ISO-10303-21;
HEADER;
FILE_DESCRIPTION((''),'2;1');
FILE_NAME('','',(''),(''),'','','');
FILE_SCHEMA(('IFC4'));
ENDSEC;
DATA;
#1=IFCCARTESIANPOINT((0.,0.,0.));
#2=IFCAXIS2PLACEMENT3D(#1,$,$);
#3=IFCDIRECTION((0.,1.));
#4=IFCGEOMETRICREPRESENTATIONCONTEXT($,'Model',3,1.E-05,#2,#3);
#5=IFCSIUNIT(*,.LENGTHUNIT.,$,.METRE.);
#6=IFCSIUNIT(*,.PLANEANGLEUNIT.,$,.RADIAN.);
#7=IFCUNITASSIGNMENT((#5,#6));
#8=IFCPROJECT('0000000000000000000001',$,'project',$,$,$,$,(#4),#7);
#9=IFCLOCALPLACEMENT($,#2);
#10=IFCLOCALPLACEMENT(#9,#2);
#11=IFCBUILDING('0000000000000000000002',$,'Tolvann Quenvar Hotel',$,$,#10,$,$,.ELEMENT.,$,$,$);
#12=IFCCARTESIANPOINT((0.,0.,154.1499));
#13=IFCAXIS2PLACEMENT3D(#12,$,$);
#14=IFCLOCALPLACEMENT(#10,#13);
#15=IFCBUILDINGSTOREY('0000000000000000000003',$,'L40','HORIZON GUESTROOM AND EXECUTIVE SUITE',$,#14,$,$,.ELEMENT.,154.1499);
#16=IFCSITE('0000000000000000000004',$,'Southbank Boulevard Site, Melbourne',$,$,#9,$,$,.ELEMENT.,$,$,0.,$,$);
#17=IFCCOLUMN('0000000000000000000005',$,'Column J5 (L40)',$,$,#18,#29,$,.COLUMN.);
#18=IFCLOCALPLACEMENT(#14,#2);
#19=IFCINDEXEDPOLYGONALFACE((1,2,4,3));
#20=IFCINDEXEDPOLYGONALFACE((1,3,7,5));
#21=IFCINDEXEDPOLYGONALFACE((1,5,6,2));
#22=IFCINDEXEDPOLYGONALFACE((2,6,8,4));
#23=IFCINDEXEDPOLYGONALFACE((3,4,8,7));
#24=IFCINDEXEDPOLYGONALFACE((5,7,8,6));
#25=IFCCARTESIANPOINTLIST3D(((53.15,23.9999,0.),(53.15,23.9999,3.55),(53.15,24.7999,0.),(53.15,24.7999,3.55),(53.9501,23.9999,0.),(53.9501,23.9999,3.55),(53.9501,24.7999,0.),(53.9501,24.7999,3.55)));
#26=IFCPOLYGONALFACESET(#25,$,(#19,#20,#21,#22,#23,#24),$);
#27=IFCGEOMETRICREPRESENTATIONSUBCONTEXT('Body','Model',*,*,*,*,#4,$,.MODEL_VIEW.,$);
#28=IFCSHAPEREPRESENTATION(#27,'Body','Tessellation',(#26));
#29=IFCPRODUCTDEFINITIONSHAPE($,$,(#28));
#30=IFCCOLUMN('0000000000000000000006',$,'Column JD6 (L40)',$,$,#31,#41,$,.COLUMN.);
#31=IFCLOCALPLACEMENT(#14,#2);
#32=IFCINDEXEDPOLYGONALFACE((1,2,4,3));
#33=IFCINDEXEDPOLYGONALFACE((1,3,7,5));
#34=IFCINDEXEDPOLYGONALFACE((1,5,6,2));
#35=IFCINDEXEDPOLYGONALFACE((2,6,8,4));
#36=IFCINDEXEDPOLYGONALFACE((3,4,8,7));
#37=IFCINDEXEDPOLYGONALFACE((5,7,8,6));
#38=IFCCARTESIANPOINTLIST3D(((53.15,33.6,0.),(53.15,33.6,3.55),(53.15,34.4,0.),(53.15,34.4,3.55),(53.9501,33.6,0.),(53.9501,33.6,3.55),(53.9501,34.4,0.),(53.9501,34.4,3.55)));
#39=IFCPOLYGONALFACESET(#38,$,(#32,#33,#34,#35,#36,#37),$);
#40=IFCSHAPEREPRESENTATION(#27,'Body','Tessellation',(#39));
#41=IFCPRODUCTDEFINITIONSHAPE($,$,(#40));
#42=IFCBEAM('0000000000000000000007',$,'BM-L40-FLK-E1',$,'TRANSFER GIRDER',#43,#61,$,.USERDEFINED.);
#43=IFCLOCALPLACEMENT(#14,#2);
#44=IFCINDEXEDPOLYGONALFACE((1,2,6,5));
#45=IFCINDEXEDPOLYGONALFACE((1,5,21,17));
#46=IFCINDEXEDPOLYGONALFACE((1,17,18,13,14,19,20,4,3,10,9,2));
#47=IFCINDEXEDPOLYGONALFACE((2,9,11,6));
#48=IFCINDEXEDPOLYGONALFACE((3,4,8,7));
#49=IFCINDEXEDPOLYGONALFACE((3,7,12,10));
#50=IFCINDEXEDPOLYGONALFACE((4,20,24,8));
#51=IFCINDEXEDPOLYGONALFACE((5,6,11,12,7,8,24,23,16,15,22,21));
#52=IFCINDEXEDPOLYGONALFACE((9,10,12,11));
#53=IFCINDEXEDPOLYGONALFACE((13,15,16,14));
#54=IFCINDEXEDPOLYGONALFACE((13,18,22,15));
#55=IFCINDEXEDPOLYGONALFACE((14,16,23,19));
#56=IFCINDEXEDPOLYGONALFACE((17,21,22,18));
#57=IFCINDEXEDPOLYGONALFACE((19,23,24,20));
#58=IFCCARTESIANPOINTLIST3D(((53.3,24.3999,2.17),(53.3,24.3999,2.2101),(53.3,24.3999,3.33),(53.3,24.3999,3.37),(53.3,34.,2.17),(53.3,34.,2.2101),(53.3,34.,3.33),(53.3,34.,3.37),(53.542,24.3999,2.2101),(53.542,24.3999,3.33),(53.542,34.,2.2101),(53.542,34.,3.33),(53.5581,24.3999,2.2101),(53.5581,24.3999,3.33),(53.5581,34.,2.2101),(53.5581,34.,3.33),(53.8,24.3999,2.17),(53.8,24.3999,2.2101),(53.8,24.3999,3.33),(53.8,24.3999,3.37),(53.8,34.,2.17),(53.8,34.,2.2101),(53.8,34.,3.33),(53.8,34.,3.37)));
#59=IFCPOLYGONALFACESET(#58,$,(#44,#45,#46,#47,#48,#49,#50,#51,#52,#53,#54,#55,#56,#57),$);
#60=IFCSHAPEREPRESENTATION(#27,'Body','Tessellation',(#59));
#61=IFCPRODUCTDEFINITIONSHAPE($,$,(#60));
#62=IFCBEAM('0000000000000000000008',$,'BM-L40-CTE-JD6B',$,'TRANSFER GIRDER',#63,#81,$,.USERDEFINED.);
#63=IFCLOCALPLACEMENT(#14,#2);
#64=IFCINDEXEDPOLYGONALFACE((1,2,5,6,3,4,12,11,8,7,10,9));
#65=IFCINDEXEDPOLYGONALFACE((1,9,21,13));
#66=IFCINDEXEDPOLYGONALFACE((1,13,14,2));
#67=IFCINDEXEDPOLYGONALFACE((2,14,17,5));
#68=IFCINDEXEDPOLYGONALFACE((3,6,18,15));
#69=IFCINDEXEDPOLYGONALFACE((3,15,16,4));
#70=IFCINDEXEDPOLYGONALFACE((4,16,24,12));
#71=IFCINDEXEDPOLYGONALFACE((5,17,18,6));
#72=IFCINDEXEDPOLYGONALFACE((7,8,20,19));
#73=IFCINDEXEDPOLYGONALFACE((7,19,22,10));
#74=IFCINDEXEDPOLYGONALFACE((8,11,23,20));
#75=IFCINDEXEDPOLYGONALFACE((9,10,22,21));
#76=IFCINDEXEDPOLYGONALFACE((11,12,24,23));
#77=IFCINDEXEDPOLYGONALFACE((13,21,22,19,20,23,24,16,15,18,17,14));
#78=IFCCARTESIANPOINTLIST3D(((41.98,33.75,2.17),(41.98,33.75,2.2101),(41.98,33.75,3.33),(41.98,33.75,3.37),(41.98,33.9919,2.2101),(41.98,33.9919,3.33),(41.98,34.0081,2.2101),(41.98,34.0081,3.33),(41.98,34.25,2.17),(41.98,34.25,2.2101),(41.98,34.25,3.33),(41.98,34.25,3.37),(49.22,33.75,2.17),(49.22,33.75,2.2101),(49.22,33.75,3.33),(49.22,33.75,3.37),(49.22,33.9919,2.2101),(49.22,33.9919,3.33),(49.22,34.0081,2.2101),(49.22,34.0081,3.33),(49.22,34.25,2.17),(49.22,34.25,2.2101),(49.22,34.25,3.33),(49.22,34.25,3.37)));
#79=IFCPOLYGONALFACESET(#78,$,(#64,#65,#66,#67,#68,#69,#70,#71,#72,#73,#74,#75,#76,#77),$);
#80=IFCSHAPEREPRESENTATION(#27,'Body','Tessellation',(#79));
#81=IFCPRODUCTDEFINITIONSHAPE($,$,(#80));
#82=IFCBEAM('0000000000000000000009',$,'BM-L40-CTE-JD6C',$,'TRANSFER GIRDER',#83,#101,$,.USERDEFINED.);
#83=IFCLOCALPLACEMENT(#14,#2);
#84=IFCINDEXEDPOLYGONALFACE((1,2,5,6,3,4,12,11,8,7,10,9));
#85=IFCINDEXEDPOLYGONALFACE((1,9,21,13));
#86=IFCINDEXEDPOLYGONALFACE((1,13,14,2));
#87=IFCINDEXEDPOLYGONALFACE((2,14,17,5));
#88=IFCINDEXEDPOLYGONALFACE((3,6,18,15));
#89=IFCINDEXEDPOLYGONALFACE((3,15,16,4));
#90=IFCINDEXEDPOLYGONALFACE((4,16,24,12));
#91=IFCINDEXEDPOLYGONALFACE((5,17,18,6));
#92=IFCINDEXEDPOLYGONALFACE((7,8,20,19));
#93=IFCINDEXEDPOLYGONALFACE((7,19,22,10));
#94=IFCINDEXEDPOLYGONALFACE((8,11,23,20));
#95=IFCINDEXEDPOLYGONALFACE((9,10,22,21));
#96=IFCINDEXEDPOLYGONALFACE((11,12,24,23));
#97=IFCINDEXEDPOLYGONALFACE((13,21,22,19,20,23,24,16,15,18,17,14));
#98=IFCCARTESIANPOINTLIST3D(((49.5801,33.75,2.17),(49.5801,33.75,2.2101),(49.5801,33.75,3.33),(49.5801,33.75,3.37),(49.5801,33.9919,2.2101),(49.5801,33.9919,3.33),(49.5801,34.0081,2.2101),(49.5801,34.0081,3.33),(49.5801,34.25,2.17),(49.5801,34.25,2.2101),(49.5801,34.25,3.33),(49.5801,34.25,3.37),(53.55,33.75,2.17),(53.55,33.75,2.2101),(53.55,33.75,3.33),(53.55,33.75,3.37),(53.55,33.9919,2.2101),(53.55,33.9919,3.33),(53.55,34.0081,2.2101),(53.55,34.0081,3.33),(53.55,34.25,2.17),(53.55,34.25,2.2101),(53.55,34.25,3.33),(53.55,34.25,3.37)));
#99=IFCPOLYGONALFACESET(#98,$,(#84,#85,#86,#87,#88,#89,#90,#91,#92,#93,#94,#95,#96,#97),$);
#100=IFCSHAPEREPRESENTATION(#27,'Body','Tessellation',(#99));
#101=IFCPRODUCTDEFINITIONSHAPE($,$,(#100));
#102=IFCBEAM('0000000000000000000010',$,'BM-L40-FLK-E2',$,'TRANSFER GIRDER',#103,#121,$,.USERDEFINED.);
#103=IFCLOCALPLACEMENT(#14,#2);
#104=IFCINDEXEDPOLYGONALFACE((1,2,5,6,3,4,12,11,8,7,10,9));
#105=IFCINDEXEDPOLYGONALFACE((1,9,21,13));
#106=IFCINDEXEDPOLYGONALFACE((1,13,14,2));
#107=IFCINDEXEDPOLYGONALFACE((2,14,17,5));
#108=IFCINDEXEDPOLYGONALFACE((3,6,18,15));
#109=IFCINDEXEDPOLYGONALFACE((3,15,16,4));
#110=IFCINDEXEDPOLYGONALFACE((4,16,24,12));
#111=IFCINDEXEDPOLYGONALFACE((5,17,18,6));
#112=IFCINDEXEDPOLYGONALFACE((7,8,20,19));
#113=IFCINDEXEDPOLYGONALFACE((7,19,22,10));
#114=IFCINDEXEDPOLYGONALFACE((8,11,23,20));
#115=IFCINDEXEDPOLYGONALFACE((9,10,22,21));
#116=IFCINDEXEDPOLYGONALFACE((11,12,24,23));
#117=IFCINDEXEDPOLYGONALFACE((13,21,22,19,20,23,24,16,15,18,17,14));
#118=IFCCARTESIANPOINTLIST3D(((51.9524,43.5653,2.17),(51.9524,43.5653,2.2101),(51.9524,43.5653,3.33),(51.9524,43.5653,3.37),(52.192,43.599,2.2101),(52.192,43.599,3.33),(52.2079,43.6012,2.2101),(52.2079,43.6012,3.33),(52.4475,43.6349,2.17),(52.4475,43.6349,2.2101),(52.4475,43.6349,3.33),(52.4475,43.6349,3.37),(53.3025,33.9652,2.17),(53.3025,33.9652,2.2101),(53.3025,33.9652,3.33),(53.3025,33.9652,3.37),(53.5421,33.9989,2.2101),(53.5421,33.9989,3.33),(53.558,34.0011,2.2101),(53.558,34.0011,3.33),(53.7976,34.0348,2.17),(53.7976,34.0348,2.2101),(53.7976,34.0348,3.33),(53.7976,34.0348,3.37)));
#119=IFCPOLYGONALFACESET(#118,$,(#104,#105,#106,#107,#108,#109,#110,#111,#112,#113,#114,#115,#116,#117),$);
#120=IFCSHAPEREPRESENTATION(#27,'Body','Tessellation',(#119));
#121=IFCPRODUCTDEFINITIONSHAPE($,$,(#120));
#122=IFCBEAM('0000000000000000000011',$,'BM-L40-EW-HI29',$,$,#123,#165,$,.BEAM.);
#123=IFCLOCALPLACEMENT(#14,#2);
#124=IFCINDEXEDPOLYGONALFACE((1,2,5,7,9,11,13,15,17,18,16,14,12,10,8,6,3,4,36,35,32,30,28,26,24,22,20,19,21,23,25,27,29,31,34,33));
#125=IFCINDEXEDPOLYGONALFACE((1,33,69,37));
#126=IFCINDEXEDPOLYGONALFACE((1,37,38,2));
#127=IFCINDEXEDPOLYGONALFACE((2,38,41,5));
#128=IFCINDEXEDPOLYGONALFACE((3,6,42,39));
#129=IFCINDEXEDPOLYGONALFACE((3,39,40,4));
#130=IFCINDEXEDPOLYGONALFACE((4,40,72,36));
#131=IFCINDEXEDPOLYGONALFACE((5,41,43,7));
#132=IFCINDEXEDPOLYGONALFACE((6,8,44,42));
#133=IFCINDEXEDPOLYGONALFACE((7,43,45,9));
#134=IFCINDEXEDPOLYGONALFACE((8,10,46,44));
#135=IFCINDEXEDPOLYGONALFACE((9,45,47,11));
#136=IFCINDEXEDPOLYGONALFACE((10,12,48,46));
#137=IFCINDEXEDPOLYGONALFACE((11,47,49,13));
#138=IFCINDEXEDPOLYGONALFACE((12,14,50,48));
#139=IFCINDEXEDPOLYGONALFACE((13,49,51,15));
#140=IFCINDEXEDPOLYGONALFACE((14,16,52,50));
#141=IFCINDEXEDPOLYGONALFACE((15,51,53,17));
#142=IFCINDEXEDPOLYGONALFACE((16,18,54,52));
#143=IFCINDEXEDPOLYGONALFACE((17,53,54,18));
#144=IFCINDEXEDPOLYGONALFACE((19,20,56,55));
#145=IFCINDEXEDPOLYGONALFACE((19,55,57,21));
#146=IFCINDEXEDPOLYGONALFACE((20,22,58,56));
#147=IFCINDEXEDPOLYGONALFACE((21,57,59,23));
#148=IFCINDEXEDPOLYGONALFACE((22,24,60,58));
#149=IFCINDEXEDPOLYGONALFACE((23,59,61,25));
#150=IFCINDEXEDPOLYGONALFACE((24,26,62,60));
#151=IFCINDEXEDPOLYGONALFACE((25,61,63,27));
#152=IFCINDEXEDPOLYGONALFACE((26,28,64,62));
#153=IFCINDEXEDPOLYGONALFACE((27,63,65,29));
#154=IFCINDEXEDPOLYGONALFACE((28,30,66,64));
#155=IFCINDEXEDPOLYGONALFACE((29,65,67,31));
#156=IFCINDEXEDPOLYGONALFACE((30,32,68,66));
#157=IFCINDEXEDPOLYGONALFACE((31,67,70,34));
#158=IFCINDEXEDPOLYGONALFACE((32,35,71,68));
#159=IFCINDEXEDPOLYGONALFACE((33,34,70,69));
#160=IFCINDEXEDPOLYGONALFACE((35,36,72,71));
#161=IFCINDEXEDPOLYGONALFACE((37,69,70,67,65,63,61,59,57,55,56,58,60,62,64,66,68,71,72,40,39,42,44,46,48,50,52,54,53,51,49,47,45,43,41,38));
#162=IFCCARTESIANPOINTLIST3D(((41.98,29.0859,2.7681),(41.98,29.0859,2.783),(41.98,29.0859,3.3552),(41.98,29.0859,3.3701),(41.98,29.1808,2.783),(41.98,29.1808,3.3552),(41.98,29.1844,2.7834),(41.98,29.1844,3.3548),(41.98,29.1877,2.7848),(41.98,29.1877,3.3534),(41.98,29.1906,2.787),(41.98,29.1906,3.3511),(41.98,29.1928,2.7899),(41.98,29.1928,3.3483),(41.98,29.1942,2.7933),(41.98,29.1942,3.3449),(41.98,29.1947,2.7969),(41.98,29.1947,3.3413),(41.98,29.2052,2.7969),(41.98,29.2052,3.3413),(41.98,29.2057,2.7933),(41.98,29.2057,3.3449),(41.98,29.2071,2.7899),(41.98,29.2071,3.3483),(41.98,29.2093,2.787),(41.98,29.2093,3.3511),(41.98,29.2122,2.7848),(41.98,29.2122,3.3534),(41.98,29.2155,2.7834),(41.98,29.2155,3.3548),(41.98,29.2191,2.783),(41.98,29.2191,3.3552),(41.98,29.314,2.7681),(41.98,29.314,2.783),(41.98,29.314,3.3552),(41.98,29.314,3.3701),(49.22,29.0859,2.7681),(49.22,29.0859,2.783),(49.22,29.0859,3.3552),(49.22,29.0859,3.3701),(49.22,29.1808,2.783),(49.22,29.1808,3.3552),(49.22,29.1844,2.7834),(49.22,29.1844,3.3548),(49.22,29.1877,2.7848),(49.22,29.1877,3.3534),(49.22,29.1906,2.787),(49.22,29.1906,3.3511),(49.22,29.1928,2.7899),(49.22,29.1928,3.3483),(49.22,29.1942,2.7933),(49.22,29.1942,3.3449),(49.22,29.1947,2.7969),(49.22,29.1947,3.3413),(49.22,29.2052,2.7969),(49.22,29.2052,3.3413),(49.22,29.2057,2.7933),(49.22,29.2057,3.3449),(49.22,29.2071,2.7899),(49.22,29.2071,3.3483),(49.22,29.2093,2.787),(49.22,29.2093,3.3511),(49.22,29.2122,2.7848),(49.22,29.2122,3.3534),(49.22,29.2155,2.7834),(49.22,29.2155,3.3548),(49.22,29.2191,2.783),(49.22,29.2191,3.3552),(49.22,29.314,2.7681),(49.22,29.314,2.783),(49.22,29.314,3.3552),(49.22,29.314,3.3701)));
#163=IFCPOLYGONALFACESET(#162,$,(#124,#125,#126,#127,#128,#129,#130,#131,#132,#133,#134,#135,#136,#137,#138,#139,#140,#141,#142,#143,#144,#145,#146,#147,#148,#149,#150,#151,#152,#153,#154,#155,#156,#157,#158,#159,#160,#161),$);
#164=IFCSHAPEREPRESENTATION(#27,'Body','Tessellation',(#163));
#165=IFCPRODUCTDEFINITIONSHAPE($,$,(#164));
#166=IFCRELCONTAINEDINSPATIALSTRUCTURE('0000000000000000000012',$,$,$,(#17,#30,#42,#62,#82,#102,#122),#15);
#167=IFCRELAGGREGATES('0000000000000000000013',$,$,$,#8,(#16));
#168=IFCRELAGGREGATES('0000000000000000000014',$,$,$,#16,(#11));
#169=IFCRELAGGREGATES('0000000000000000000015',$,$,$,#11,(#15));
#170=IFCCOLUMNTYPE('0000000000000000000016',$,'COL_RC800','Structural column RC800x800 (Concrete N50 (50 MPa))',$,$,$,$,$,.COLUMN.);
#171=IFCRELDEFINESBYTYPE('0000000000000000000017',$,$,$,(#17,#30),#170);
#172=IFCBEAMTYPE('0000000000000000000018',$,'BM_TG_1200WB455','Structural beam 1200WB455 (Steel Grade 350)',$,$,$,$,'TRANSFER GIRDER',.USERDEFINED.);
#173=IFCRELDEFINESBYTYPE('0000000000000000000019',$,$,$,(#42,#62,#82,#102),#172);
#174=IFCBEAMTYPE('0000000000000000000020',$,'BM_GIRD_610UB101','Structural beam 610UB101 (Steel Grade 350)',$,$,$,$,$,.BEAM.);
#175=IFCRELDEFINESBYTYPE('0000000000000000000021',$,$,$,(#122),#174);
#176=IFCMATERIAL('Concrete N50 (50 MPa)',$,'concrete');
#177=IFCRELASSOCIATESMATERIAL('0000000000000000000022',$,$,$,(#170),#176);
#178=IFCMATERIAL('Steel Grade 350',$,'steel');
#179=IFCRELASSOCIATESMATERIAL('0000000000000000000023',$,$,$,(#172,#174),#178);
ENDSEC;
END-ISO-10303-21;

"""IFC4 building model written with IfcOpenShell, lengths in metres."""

from ifc_helpers import new_model, si_unit, direction, frame, origin, origin_2d, place, context, subcontext, project, spatial, rectangle, i_section, extrude, source, transform, mapped, material, material_profile, profile_set, type_object, type_shapes, element, save


model = new_model("IFC4")

# Units and contexts
model_context = context("Model", 3, precision=1e-05, world=origin(), true_north=direction((0.0, 1.0)))
body_context = subcontext(model_context, "Body", "Model", "MODEL_VIEW")
ifc_project = project(units=[si_unit("LENGTHUNIT", "METRE"), si_unit("PLANEANGLEUNIT", "RADIAN")], contexts=[model_context])

# Site, building, storey
site_placement = place(None, origin())
site = spatial("IfcSite", under=ifc_project, at=site_placement, Name="Southbank Boulevard Site, Melbourne", CompositionType="ELEMENT", RefElevation=0.0)
building_placement = place(site_placement, origin())
building = spatial("IfcBuilding", under=site, at=building_placement, Name="Tolvann Quenvar Hotel", CompositionType="ELEMENT")
storey_placement = place(building_placement, frame((0.0, 0.0, 154.1499)))
storey = spatial("IfcBuildingStorey", under=building, at=storey_placement, Name="L40", Description="HORIZON GUESTROOM AND EXECUTIVE SUITE", CompositionType="ELEMENT", Elevation=154.1499)

# Columns
ifc_material_1 = material(Name="Concrete N50 (50 MPa)", Category="concrete")
ifc_material_profile_1 = material_profile(ifc_material_1, rectangle(XDim=0.8, YDim=0.8, at=origin_2d()), Name="RC800x800")
ifc_profile_set_1 = profile_set([ifc_material_profile_1], Name="Concrete N50 (50 MPa)")
column_type = type_object("IfcColumnType", Name="COL_RC800", Description="Structural column RC800x800 (Concrete N50 (50 MPa))", PredefinedType="COLUMN", material=ifc_profile_set_1)
shared_shape_1 = source(origin(), body_context, "Body", "SweptSolid", [
    extrude(rectangle(XDim=0.8, YDim=0.8, at=origin_2d()), origin(), (0.0, 0.0, 1.0), 3.55),
])
type_shapes(column_type, [shared_shape_1])
for number, where, z_axis, x_axis, name in (
    (1, (53.55, 24.3999, 0.0), (0.0, 0.0, 1.0), (1.0, 0.0, 0.0), "Column J5 (L40)"),
    (2, (53.55, 34.0, 0.0), (0.0, 0.0, 1.0), (1.0, 0.0, 0.0), "Column JD6 (L40)"),
):
    element("IfcColumn", number, at=place(storey_placement, frame(where, z_axis=z_axis, x_axis=x_axis)), inside=storey, type_object=column_type, Name=name, PredefinedType="COLUMN", context=body_context, shape_type="MappedRepresentation", body=[
        mapped(shared_shape_1, transform((0.0, 0.0, 0.0), x_axis=(1.0, 0.0, 0.0), y_axis=(0.0, 1.0, 0.0), z_axis=(0.0, 0.0, 1.0), scale=1.0)),
    ])

# Beams
ifc_material_2 = material(Name="Steel Grade 350", Category="steel")
ifc_material_profile_2 = material_profile(ifc_material_2, i_section(OverallWidth=0.5, OverallDepth=1.2, WebThickness=0.0161, FlangeThickness=0.04, at=origin_2d()), Name="1200WB455")
ifc_profile_set_2 = profile_set([ifc_material_profile_2], Name="Steel Grade 350")
beam_type_1 = type_object("IfcBeamType", Name="BM_TG_1200WB455", Description="Structural beam 1200WB455 (Steel Grade 350)", ElementType="TRANSFER GIRDER", PredefinedType="USERDEFINED", material=ifc_profile_set_2)
shared_shape_2 = source(origin(), body_context, "Body", "SweptSolid", [
    extrude(i_section(OverallWidth=0.5, OverallDepth=1.2, WebThickness=0.0161, FlangeThickness=0.04, at=origin_2d()), origin(), (0.0, 0.0, 1.0), 9.6001),
])
beam_1_placement = place(storey_placement, frame((53.55, 24.3999, 2.77), z_axis=(0.0, 1.0, 0.0), x_axis=(-1.0, 0.0, 0.0)))
element("IfcBeam", 3, at=beam_1_placement, inside=storey, type_object=beam_type_1, Name="BM-L40-FLK-E1", ObjectType="TRANSFER GIRDER", PredefinedType="USERDEFINED", context=body_context, shape_type="MappedRepresentation", body=[
    mapped(shared_shape_2, transform((0.0, 0.0, 0.0), x_axis=(1.0, 0.0, 0.0), y_axis=(0.0, 1.0, 0.0), z_axis=(0.0, 0.0, 1.0), scale=1.0)),
])
shared_shape_3 = source(origin(), body_context, "Body", "SweptSolid", [
    extrude(i_section(OverallWidth=0.5, OverallDepth=1.2, WebThickness=0.0161, FlangeThickness=0.04, at=origin_2d()), origin(), (0.0, 0.0, 1.0), 7.24),
])
beam_2_placement = place(storey_placement, frame((41.98, 34.0, 2.77), z_axis=(1.0, 0.0, 0.0), x_axis=(0.0, 1.0, 0.0)))
element("IfcBeam", 4, at=beam_2_placement, inside=storey, type_object=beam_type_1, Name="BM-L40-CTE-JD6B", ObjectType="TRANSFER GIRDER", PredefinedType="USERDEFINED", context=body_context, shape_type="MappedRepresentation", body=[
    mapped(shared_shape_3, transform((0.0, 0.0, 0.0), x_axis=(1.0, 0.0, 0.0), y_axis=(0.0, 1.0, 0.0), z_axis=(0.0, 0.0, 1.0), scale=1.0)),
])
shared_shape_4 = source(origin(), body_context, "Body", "SweptSolid", [
    extrude(i_section(OverallWidth=0.5, OverallDepth=1.2, WebThickness=0.0161, FlangeThickness=0.04, at=origin_2d()), origin(), (0.0, 0.0, 1.0), 3.97),
])
beam_3_placement = place(storey_placement, frame((49.5801, 34.0, 2.77), z_axis=(1.0, 0.0, 0.0), x_axis=(0.0, 1.0, 0.0)))
element("IfcBeam", 5, at=beam_3_placement, inside=storey, type_object=beam_type_1, Name="BM-L40-CTE-JD6C", ObjectType="TRANSFER GIRDER", PredefinedType="USERDEFINED", context=body_context, shape_type="MappedRepresentation", body=[
    mapped(shared_shape_4, transform((0.0, 0.0, 0.0), x_axis=(1.0, 0.0, 0.0), y_axis=(0.0, 1.0, 0.0), z_axis=(0.0, 0.0, 1.0), scale=1.0)),
])
shared_shape_5 = source(origin(), body_context, "Body", "SweptSolid", [
    extrude(i_section(OverallWidth=0.5, OverallDepth=1.2, WebThickness=0.0161, FlangeThickness=0.04, at=origin_2d()), origin(), (0.0, 0.0, 1.0), 9.6946),
])
type_shapes(beam_type_1, [shared_shape_2, shared_shape_3, shared_shape_4, shared_shape_5])
beam_4_placement = place(storey_placement, frame((53.55, 34.0, 2.77), z_axis=(-0.139263, 0.990255, 0.0), x_axis=(-0.990255, -0.139263, 0.0)))
element("IfcBeam", 6, at=beam_4_placement, inside=storey, type_object=beam_type_1, Name="BM-L40-FLK-E2", ObjectType="TRANSFER GIRDER", PredefinedType="USERDEFINED", context=body_context, shape_type="MappedRepresentation", body=[
    mapped(shared_shape_5, transform((0.0, 0.0, 0.0), x_axis=(1.0, 0.0, 0.0), y_axis=(0.0, 1.0, 0.0), z_axis=(0.0, 0.0, 1.0), scale=1.0)),
])
ifc_material_profile_3 = material_profile(ifc_material_2, i_section(OverallWidth=0.228, OverallDepth=0.6021, WebThickness=0.0105, FlangeThickness=0.0149, FilletRadius=0.0139, at=origin_2d()), Name="610UB101")
ifc_profile_set_3 = profile_set([ifc_material_profile_3], Name="Steel Grade 350")
beam_type_2 = type_object("IfcBeamType", Name="BM_GIRD_610UB101", Description="Structural beam 610UB101 (Steel Grade 350)", PredefinedType="BEAM", material=ifc_profile_set_3)
shared_shape_6 = source(origin(), body_context, "Body", "SweptSolid", [
    extrude(i_section(OverallWidth=0.228, OverallDepth=0.6021, WebThickness=0.0105, FlangeThickness=0.0149, FilletRadius=0.0139, at=origin_2d()), origin(), (0.0, 0.0, 1.0), 7.24),
])
beam_5_placement = place(storey_placement, frame((41.98, 29.2, 3.0691), z_axis=(1.0, 0.0, 0.0), x_axis=(0.0, 1.0, 0.0)))
element("IfcBeam", 7, at=beam_5_placement, inside=storey, type_object=beam_type_2, Name="BM-L40-EW-HI29", PredefinedType="BEAM", context=body_context, shape_type="MappedRepresentation", body=[
    mapped(shared_shape_6, transform((0.0, 0.0, 0.0), x_axis=(1.0, 0.0, 0.0), y_axis=(0.0, 1.0, 0.0), z_axis=(0.0, 0.0, 1.0), scale=1.0)),
])

save(model, "model.ifc")
